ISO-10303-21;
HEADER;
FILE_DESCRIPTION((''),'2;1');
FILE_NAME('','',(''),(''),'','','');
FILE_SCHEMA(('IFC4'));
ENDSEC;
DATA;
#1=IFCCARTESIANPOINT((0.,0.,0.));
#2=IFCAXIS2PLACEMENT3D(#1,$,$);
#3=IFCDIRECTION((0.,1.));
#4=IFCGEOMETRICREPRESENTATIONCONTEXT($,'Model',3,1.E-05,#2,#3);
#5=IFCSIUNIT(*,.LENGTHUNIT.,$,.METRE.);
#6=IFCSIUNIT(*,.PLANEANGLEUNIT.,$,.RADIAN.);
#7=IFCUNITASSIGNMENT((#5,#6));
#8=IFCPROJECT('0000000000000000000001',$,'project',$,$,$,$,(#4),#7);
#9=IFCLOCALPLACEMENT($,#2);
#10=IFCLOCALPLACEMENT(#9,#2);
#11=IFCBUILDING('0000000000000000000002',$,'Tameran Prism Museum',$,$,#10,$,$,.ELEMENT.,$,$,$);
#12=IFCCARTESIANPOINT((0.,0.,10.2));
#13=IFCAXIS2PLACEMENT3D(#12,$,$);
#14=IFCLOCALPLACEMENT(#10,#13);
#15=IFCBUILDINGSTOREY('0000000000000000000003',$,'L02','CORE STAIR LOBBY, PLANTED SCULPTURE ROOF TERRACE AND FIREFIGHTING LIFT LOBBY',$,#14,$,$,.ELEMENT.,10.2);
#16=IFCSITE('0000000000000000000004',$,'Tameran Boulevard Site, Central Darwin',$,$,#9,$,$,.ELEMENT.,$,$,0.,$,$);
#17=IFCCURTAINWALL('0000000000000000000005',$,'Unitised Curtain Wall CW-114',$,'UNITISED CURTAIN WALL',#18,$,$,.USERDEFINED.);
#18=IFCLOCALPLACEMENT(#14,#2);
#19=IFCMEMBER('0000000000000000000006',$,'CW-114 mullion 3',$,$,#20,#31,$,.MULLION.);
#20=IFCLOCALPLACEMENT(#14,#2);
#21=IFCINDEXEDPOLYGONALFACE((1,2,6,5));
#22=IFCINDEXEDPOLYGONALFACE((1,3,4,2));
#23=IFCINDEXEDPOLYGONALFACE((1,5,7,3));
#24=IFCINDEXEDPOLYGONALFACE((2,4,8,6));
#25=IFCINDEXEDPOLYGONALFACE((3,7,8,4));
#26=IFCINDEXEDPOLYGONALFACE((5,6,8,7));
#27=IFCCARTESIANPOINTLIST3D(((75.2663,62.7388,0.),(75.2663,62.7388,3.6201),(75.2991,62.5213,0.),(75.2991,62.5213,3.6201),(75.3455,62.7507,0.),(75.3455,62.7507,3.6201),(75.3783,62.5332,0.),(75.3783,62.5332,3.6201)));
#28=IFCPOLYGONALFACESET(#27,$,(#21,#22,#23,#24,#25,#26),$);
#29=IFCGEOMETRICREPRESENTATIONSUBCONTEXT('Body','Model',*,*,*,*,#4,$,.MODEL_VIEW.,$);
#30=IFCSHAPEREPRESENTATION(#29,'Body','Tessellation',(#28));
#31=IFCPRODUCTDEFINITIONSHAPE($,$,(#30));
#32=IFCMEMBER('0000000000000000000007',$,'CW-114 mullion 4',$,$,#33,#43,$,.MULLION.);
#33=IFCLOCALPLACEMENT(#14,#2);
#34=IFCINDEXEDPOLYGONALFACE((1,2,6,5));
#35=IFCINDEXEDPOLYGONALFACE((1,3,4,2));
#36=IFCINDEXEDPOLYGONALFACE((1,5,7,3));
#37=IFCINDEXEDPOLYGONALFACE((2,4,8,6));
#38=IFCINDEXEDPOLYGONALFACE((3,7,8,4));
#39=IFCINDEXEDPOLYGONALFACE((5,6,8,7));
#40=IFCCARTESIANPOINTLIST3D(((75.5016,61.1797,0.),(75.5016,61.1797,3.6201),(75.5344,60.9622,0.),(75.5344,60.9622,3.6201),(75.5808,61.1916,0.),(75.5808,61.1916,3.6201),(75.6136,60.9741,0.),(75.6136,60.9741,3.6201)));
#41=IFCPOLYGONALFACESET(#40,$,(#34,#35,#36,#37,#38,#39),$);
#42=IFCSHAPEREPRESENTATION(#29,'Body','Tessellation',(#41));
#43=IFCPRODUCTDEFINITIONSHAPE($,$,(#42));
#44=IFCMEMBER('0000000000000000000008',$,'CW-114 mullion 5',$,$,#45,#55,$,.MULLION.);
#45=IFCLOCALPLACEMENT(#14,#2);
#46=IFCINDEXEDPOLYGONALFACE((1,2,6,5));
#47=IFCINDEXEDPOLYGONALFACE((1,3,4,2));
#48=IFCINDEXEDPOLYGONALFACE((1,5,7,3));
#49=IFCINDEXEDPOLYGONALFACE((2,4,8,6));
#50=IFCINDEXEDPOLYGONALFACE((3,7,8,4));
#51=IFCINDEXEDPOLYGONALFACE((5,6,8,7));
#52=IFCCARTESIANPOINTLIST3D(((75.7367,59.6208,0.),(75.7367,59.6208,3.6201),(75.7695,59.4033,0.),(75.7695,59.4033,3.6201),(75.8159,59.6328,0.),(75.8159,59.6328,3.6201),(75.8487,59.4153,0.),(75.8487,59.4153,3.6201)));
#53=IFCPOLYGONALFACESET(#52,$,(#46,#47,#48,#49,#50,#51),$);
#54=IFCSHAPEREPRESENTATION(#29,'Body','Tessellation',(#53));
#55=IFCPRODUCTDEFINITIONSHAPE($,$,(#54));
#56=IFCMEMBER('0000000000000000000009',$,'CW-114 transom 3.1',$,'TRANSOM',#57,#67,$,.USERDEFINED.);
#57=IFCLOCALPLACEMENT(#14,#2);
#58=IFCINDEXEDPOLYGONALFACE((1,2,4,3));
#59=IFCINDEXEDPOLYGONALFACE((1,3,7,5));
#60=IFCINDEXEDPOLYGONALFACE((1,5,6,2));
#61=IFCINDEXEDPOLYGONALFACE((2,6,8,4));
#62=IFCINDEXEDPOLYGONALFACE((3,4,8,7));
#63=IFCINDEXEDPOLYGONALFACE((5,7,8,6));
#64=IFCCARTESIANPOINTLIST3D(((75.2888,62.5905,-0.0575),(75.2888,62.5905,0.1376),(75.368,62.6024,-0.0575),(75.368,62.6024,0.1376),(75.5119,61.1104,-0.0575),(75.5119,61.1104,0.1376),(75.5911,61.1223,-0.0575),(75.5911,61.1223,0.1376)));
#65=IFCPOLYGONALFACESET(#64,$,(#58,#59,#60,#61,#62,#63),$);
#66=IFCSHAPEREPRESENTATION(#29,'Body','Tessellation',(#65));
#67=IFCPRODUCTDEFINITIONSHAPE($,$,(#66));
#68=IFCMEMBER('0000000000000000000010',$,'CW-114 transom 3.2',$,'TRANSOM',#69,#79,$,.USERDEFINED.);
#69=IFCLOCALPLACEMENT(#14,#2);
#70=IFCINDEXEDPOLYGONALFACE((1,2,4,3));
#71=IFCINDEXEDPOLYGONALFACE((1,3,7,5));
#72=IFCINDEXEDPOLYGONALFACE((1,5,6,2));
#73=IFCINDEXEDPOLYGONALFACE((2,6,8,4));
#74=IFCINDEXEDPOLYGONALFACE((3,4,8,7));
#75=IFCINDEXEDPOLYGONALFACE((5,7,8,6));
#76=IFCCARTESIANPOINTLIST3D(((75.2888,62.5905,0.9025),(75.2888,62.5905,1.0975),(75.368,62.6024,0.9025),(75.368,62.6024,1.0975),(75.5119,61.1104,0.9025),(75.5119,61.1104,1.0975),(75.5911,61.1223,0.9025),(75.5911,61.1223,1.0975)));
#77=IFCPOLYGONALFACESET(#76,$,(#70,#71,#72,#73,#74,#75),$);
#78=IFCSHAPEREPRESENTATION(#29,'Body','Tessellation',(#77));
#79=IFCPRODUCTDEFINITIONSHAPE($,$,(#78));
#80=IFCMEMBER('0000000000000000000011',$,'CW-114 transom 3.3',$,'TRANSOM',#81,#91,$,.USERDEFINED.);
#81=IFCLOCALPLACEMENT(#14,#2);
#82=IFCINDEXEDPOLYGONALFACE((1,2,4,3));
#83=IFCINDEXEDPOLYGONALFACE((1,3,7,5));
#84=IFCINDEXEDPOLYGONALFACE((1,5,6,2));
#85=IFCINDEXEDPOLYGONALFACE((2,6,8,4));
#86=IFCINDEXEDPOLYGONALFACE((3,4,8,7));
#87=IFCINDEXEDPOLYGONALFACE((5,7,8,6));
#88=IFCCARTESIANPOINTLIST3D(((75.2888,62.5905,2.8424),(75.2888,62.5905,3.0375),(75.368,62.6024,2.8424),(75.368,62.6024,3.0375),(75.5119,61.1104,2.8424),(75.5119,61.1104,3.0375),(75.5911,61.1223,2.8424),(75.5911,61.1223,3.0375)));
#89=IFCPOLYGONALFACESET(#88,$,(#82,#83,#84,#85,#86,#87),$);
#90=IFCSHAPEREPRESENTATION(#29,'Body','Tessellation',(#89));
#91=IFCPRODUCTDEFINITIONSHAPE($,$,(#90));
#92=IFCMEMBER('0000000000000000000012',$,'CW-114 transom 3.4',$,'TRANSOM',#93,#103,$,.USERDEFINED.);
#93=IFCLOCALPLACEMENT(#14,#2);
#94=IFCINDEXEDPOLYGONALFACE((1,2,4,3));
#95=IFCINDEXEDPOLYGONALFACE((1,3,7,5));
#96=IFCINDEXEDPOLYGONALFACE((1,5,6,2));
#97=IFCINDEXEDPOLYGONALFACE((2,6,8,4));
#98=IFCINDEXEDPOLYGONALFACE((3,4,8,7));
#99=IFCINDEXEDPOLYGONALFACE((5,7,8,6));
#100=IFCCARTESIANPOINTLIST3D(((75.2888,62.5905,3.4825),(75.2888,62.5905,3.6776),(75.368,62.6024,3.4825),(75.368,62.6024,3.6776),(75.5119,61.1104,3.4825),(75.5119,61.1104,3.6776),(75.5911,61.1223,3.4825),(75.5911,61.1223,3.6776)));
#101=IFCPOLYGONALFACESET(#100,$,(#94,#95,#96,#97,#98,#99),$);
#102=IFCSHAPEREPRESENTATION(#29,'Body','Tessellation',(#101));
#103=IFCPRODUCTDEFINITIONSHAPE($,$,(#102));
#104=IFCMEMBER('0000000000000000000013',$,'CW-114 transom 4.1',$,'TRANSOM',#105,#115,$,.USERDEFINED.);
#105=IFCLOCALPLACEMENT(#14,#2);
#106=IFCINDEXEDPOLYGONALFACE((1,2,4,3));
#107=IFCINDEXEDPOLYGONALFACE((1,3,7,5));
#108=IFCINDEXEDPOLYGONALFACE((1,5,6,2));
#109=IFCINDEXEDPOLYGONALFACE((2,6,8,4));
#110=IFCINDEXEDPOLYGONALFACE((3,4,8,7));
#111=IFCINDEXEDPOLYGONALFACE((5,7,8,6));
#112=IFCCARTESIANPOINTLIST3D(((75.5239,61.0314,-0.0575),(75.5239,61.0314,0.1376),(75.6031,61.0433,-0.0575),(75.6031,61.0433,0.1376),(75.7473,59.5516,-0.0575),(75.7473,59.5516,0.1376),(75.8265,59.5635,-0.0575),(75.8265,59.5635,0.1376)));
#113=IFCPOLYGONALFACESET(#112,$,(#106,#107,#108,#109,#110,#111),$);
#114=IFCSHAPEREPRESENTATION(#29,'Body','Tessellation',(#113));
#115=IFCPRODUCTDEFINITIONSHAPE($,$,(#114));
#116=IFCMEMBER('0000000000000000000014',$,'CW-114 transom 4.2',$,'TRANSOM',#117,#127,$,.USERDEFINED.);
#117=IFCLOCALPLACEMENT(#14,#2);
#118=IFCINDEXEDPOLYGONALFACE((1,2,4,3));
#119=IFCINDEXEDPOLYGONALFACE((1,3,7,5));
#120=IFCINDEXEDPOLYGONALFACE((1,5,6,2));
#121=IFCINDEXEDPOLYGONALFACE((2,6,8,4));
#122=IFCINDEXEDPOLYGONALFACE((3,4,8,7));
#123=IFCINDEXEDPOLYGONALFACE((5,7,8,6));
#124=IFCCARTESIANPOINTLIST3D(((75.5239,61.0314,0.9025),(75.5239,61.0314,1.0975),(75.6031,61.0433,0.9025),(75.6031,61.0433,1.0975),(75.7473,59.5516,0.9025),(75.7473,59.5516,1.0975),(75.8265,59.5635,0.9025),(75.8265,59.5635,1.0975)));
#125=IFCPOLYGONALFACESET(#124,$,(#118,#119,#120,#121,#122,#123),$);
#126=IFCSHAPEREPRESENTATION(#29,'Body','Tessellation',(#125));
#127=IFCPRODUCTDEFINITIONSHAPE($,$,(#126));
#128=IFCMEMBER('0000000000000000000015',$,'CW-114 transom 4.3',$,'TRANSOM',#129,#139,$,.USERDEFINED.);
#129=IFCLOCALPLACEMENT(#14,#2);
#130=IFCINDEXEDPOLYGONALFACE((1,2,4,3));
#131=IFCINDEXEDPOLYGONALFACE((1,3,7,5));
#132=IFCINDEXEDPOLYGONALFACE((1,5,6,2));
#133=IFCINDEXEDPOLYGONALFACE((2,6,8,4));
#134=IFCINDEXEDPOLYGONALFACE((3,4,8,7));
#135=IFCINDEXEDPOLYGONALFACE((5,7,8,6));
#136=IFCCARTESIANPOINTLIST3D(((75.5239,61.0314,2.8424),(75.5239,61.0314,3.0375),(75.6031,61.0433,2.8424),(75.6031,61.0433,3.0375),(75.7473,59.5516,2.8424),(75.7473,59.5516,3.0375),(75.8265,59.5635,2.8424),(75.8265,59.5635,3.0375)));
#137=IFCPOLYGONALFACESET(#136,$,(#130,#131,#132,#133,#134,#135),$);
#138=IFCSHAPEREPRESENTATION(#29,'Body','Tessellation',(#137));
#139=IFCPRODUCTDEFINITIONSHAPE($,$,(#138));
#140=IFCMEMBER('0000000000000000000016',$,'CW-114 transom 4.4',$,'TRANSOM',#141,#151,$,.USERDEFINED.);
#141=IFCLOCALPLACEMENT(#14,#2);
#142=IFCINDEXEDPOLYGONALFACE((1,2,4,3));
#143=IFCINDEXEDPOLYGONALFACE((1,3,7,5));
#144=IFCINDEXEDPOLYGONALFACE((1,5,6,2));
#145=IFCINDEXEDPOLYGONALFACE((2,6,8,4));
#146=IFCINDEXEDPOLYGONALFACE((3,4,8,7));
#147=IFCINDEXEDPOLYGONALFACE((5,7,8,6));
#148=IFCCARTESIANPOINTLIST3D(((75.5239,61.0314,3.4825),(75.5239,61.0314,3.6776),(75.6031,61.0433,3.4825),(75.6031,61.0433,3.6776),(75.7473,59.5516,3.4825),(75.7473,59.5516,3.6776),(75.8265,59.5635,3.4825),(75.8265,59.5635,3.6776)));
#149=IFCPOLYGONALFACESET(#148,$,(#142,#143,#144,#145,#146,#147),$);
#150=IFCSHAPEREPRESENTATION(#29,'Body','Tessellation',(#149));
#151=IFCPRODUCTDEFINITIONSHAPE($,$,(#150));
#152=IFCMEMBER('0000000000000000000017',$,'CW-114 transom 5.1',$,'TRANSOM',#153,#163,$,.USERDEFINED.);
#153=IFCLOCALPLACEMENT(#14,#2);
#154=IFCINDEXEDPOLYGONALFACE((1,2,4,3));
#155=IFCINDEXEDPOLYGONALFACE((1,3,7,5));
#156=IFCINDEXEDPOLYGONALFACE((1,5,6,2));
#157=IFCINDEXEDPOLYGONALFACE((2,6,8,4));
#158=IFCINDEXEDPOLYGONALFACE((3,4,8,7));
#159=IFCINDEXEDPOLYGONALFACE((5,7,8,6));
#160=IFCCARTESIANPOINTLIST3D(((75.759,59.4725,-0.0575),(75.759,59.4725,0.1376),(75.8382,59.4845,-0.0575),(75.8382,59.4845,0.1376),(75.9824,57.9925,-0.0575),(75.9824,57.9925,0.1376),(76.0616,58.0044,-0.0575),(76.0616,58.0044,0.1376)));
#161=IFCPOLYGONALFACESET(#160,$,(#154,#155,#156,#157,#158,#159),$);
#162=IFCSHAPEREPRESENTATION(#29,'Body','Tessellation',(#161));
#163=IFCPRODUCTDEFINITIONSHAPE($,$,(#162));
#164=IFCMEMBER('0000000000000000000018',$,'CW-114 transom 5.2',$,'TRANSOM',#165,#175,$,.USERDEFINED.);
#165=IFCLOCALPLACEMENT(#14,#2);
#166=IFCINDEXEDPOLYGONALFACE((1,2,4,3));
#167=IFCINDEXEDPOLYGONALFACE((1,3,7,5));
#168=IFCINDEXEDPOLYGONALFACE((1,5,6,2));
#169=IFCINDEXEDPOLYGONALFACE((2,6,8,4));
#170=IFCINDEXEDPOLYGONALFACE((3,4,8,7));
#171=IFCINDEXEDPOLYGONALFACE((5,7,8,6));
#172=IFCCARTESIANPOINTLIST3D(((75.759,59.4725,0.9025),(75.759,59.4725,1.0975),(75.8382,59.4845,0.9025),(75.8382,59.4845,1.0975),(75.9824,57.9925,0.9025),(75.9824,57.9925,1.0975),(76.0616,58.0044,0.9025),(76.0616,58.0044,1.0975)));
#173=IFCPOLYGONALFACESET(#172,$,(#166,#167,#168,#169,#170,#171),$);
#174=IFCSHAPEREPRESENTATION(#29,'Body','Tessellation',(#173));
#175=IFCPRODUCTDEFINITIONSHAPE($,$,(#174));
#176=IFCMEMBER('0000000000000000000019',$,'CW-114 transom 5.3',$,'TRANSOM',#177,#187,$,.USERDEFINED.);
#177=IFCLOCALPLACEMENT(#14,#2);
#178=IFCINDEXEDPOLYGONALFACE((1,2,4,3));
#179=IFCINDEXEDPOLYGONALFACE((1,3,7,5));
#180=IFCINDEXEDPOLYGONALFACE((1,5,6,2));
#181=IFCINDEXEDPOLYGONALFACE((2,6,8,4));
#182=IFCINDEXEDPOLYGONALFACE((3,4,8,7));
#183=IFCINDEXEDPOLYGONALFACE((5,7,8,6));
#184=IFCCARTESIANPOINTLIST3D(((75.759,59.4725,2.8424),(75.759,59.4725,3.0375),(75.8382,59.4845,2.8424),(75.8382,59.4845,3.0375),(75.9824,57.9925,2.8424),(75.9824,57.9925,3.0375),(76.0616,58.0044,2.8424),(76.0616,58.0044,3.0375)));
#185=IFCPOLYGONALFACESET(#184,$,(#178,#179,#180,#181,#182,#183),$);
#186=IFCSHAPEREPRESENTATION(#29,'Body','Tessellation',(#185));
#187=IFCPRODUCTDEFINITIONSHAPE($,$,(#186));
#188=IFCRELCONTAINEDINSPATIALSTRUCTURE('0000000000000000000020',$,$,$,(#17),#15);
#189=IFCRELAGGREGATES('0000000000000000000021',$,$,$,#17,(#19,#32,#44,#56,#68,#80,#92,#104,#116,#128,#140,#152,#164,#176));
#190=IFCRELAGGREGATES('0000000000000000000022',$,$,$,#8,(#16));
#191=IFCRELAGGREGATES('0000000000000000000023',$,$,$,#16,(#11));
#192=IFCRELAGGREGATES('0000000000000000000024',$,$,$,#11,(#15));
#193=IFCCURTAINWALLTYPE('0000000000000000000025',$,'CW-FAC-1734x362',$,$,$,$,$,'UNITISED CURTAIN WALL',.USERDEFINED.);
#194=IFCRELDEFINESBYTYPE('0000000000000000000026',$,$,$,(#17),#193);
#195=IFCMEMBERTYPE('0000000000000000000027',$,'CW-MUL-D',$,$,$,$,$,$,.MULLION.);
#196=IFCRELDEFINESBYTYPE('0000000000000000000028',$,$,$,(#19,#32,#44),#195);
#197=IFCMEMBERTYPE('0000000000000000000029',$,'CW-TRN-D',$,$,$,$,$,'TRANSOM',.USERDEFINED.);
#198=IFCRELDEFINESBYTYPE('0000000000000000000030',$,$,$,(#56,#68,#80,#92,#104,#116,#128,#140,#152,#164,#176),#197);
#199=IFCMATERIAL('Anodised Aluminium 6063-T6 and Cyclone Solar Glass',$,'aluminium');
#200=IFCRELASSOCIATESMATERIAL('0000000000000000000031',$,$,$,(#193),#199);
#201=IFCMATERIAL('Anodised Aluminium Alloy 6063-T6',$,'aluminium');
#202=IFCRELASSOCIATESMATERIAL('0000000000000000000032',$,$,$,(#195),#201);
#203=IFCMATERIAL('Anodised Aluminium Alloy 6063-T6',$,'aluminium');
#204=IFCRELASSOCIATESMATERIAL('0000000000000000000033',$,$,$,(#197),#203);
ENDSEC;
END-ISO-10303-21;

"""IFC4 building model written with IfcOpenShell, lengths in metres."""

from ifc_helpers import new_model, si_unit, direction, frame, origin, origin_2d, place, context, subcontext, project, spatial, rectangle, extrude, material, material_profile, profile_set, type_object, element, aggregate, save


model = new_model("IFC4")

# Units and contexts
model_context = context("Model", 3, precision=1e-05, world=origin(), true_north=direction((0.0, 1.0)))
body_context = subcontext(model_context, "Body", "Model", "MODEL_VIEW")
ifc_project = project(units=[si_unit("LENGTHUNIT", "METRE"), si_unit("PLANEANGLEUNIT", "RADIAN")], contexts=[model_context])

# Site, building, storey
site_placement = place(None, origin())
site = spatial("IfcSite", under=ifc_project, at=site_placement, Name="Tameran Boulevard Site, Central Darwin", CompositionType="ELEMENT", RefElevation=0.0)
building_placement = place(site_placement, origin())
building = spatial("IfcBuilding", under=site, at=building_placement, Name="Tameran Prism Museum", CompositionType="ELEMENT")
storey_placement = place(building_placement, frame((0.0, 0.0, 10.2)))
storey = spatial("IfcBuildingStorey", under=building, at=storey_placement, Name="L02", Description="CORE STAIR LOBBY, PLANTED SCULPTURE ROOF TERRACE AND FIREFIGHTING LIFT LOBBY", CompositionType="ELEMENT", Elevation=10.2)

# Curtain wall, members
ifc_material_1 = material(Name="Anodised Aluminium 6063-T6 and Cyclone Solar Glass", Category="aluminium")
curtain_wall_type = type_object("IfcCurtainWallType", Name="CW-FAC-1734x362", ElementType="UNITISED CURTAIN WALL", PredefinedType="USERDEFINED", material=ifc_material_1)
curtain_wall_placement = place(storey_placement, origin())
curtain_wall = element("IfcCurtainWall", 1, at=curtain_wall_placement, inside=storey, type_object=curtain_wall_type, Name="Unitised Curtain Wall CW-114", ObjectType="UNITISED CURTAIN WALL", PredefinedType="USERDEFINED")
ifc_material_2 = material(Name="Anodised Aluminium Alloy 6063-T6", Category="aluminium")
ifc_material_profile_1 = material_profile(ifc_material_2, rectangle(XDim=0.0801, YDim=0.22, at=origin_2d()))
ifc_profile_set_1 = profile_set([ifc_material_profile_1])
member_type_1 = type_object("IfcMemberType", Name="CW-MUL-D", PredefinedType="MULLION", material=ifc_profile_set_1)
member_1_placement = place(storey_placement, frame((75.3223, 62.636, 0.0), z_axis=(0.0, 0.0, 1.0), x_axis=(0.988812, 0.149167, 0.0)))
member_1 = element("IfcMember", 2, at=member_1_placement, type_object=member_type_1, Name="CW-114 mullion 3", PredefinedType="MULLION", context=body_context, shape_type="SweptSolid", body=[
    extrude(rectangle(XDim=0.0801, YDim=0.22, at=origin_2d()), origin(), (0.0, 0.0, 1.0), 3.6201),
])
member_2_placement = place(storey_placement, frame((75.5576, 61.0769, 0.0), z_axis=(0.0, 0.0, 1.0), x_axis=(0.988812, 0.149167, 0.0)))
member_2 = element("IfcMember", 3, at=member_2_placement, type_object=member_type_1, Name="CW-114 mullion 4", PredefinedType="MULLION", context=body_context, shape_type="SweptSolid", body=[
    extrude(rectangle(XDim=0.0801, YDim=0.22, at=origin_2d()), origin(), (0.0, 0.0, 1.0), 3.6201),
])
member_3_placement = place(storey_placement, frame((75.7927, 59.5181, 0.0), z_axis=(0.0, 0.0, 1.0), x_axis=(0.988812, 0.149167, 0.0)))
member_3 = element("IfcMember", 4, at=member_3_placement, type_object=member_type_1, Name="CW-114 mullion 5", PredefinedType="MULLION", context=body_context, shape_type="SweptSolid", body=[
    extrude(rectangle(XDim=0.0801, YDim=0.22, at=origin_2d()), origin(), (0.0, 0.0, 1.0), 3.6201),
])
ifc_material_3 = material(Name="Anodised Aluminium Alloy 6063-T6", Category="aluminium")
ifc_material_profile_2 = material_profile(ifc_material_3, rectangle(XDim=0.0801, YDim=0.1951, at=origin_2d()))
ifc_profile_set_2 = profile_set([ifc_material_profile_2])
member_type_2 = type_object("IfcMemberType", Name="CW-TRN-D", ElementType="TRANSOM", PredefinedType="USERDEFINED", material=ifc_profile_set_2)
member_4_placement = place(storey_placement, frame((75.3284, 62.5964, 0.04), z_axis=(0.14909, -0.988824, 0.0), x_axis=(0.988824, 0.14909, 0.0)))
member_4 = element("IfcMember", 5, at=member_4_placement, type_object=member_type_2, Name="CW-114 transom 3.1", ObjectType="TRANSOM", PredefinedType="USERDEFINED", context=body_context, shape_type="SweptSolid", body=[
    extrude(rectangle(XDim=0.0801, YDim=0.1951, at=origin_2d()), origin(), (0.0, 0.0, 1.0), 1.4968),
])
member_5_placement = place(storey_placement, frame((75.3284, 62.5964, 1.0), z_axis=(0.14909, -0.988824, 0.0), x_axis=(0.988824, 0.14909, 0.0)))
member_5 = element("IfcMember", 6, at=member_5_placement, type_object=member_type_2, Name="CW-114 transom 3.2", ObjectType="TRANSOM", PredefinedType="USERDEFINED", context=body_context, shape_type="SweptSolid", body=[
    extrude(rectangle(XDim=0.0801, YDim=0.1951, at=origin_2d()), origin(), (0.0, 0.0, 1.0), 1.4968),
])
member_6_placement = place(storey_placement, frame((75.3284, 62.5964, 2.9399), z_axis=(0.14909, -0.988824, 0.0), x_axis=(0.988824, 0.14909, 0.0)))
member_6 = element("IfcMember", 7, at=member_6_placement, type_object=member_type_2, Name="CW-114 transom 3.3", ObjectType="TRANSOM", PredefinedType="USERDEFINED", context=body_context, shape_type="SweptSolid", body=[
    extrude(rectangle(XDim=0.0801, YDim=0.1951, at=origin_2d()), origin(), (0.0, 0.0, 1.0), 1.4968),
])
member_7_placement = place(storey_placement, frame((75.3284, 62.5964, 3.5801), z_axis=(0.14909, -0.988824, 0.0), x_axis=(0.988824, 0.14909, 0.0)))
member_7 = element("IfcMember", 8, at=member_7_placement, type_object=member_type_2, Name="CW-114 transom 3.4", ObjectType="TRANSOM", PredefinedType="USERDEFINED", context=body_context, shape_type="SweptSolid", body=[
    extrude(rectangle(XDim=0.0801, YDim=0.1951, at=origin_2d()), origin(), (0.0, 0.0, 1.0), 1.4968),
])
member_8_placement = place(storey_placement, frame((75.5635, 61.0374, 0.04), z_axis=(0.149274, -0.988796, 0.0), x_axis=(0.988796, 0.149274, 0.0)))
member_8 = element("IfcMember", 9, at=member_8_placement, type_object=member_type_2, Name="CW-114 transom 4.1", ObjectType="TRANSOM", PredefinedType="USERDEFINED", context=body_context, shape_type="SweptSolid", body=[
    extrude(rectangle(XDim=0.0801, YDim=0.1951, at=origin_2d()), origin(), (0.0, 0.0, 1.0), 1.4966),
])
member_9_placement = place(storey_placement, frame((75.5635, 61.0374, 1.0), z_axis=(0.149274, -0.988796, 0.0), x_axis=(0.988796, 0.149274, 0.0)))
member_9 = element("IfcMember", 10, at=member_9_placement, type_object=member_type_2, Name="CW-114 transom 4.2", ObjectType="TRANSOM", PredefinedType="USERDEFINED", context=body_context, shape_type="SweptSolid", body=[
    extrude(rectangle(XDim=0.0801, YDim=0.1951, at=origin_2d()), origin(), (0.0, 0.0, 1.0), 1.4966),
])
member_10_placement = place(storey_placement, frame((75.5635, 61.0374, 2.9399), z_axis=(0.149274, -0.988796, 0.0), x_axis=(0.988796, 0.149274, 0.0)))
member_10 = element("IfcMember", 11, at=member_10_placement, type_object=member_type_2, Name="CW-114 transom 4.3", ObjectType="TRANSOM", PredefinedType="USERDEFINED", context=body_context, shape_type="SweptSolid", body=[
    extrude(rectangle(XDim=0.0801, YDim=0.1951, at=origin_2d()), origin(), (0.0, 0.0, 1.0), 1.4966),
])
member_11_placement = place(storey_placement, frame((75.5635, 61.0374, 3.5801), z_axis=(0.149274, -0.988796, 0.0), x_axis=(0.988796, 0.149274, 0.0)))
member_11 = element("IfcMember", 12, at=member_11_placement, type_object=member_type_2, Name="CW-114 transom 4.4", ObjectType="TRANSOM", PredefinedType="USERDEFINED", context=body_context, shape_type="SweptSolid", body=[
    extrude(rectangle(XDim=0.0801, YDim=0.1951, at=origin_2d()), origin(), (0.0, 0.0, 1.0), 1.4966),
])
member_12_placement = place(storey_placement, frame((75.7986, 59.4785, 0.04), z_axis=(0.14925, -0.9888, 0.0), x_axis=(0.9888, 0.14925, 0.0)))
member_12 = element("IfcMember", 13, at=member_12_placement, type_object=member_type_2, Name="CW-114 transom 5.1", ObjectType="TRANSOM", PredefinedType="USERDEFINED", context=body_context, shape_type="SweptSolid", body=[
    extrude(rectangle(XDim=0.0801, YDim=0.1951, at=origin_2d()), origin(), (0.0, 0.0, 1.0), 1.4968),
])
member_13_placement = place(storey_placement, frame((75.7986, 59.4785, 1.0), z_axis=(0.14925, -0.9888, 0.0), x_axis=(0.9888, 0.14925, 0.0)))
member_13 = element("IfcMember", 14, at=member_13_placement, type_object=member_type_2, Name="CW-114 transom 5.2", ObjectType="TRANSOM", PredefinedType="USERDEFINED", context=body_context, shape_type="SweptSolid", body=[
    extrude(rectangle(XDim=0.0801, YDim=0.1951, at=origin_2d()), origin(), (0.0, 0.0, 1.0), 1.4968),
])
member_14_placement = place(storey_placement, frame((75.7986, 59.4785, 2.9399), z_axis=(0.14925, -0.9888, 0.0), x_axis=(0.9888, 0.14925, 0.0)))
member_14 = element("IfcMember", 15, at=member_14_placement, type_object=member_type_2, Name="CW-114 transom 5.3", ObjectType="TRANSOM", PredefinedType="USERDEFINED", context=body_context, shape_type="SweptSolid", body=[
    extrude(rectangle(XDim=0.0801, YDim=0.1951, at=origin_2d()), origin(), (0.0, 0.0, 1.0), 1.4968),
])
aggregate(curtain_wall, [member_1, member_2, member_3, member_4, member_5, member_6, member_7, member_8, member_9, member_10, member_11, member_12, member_13, member_14])

save(model, "model.ifc")
